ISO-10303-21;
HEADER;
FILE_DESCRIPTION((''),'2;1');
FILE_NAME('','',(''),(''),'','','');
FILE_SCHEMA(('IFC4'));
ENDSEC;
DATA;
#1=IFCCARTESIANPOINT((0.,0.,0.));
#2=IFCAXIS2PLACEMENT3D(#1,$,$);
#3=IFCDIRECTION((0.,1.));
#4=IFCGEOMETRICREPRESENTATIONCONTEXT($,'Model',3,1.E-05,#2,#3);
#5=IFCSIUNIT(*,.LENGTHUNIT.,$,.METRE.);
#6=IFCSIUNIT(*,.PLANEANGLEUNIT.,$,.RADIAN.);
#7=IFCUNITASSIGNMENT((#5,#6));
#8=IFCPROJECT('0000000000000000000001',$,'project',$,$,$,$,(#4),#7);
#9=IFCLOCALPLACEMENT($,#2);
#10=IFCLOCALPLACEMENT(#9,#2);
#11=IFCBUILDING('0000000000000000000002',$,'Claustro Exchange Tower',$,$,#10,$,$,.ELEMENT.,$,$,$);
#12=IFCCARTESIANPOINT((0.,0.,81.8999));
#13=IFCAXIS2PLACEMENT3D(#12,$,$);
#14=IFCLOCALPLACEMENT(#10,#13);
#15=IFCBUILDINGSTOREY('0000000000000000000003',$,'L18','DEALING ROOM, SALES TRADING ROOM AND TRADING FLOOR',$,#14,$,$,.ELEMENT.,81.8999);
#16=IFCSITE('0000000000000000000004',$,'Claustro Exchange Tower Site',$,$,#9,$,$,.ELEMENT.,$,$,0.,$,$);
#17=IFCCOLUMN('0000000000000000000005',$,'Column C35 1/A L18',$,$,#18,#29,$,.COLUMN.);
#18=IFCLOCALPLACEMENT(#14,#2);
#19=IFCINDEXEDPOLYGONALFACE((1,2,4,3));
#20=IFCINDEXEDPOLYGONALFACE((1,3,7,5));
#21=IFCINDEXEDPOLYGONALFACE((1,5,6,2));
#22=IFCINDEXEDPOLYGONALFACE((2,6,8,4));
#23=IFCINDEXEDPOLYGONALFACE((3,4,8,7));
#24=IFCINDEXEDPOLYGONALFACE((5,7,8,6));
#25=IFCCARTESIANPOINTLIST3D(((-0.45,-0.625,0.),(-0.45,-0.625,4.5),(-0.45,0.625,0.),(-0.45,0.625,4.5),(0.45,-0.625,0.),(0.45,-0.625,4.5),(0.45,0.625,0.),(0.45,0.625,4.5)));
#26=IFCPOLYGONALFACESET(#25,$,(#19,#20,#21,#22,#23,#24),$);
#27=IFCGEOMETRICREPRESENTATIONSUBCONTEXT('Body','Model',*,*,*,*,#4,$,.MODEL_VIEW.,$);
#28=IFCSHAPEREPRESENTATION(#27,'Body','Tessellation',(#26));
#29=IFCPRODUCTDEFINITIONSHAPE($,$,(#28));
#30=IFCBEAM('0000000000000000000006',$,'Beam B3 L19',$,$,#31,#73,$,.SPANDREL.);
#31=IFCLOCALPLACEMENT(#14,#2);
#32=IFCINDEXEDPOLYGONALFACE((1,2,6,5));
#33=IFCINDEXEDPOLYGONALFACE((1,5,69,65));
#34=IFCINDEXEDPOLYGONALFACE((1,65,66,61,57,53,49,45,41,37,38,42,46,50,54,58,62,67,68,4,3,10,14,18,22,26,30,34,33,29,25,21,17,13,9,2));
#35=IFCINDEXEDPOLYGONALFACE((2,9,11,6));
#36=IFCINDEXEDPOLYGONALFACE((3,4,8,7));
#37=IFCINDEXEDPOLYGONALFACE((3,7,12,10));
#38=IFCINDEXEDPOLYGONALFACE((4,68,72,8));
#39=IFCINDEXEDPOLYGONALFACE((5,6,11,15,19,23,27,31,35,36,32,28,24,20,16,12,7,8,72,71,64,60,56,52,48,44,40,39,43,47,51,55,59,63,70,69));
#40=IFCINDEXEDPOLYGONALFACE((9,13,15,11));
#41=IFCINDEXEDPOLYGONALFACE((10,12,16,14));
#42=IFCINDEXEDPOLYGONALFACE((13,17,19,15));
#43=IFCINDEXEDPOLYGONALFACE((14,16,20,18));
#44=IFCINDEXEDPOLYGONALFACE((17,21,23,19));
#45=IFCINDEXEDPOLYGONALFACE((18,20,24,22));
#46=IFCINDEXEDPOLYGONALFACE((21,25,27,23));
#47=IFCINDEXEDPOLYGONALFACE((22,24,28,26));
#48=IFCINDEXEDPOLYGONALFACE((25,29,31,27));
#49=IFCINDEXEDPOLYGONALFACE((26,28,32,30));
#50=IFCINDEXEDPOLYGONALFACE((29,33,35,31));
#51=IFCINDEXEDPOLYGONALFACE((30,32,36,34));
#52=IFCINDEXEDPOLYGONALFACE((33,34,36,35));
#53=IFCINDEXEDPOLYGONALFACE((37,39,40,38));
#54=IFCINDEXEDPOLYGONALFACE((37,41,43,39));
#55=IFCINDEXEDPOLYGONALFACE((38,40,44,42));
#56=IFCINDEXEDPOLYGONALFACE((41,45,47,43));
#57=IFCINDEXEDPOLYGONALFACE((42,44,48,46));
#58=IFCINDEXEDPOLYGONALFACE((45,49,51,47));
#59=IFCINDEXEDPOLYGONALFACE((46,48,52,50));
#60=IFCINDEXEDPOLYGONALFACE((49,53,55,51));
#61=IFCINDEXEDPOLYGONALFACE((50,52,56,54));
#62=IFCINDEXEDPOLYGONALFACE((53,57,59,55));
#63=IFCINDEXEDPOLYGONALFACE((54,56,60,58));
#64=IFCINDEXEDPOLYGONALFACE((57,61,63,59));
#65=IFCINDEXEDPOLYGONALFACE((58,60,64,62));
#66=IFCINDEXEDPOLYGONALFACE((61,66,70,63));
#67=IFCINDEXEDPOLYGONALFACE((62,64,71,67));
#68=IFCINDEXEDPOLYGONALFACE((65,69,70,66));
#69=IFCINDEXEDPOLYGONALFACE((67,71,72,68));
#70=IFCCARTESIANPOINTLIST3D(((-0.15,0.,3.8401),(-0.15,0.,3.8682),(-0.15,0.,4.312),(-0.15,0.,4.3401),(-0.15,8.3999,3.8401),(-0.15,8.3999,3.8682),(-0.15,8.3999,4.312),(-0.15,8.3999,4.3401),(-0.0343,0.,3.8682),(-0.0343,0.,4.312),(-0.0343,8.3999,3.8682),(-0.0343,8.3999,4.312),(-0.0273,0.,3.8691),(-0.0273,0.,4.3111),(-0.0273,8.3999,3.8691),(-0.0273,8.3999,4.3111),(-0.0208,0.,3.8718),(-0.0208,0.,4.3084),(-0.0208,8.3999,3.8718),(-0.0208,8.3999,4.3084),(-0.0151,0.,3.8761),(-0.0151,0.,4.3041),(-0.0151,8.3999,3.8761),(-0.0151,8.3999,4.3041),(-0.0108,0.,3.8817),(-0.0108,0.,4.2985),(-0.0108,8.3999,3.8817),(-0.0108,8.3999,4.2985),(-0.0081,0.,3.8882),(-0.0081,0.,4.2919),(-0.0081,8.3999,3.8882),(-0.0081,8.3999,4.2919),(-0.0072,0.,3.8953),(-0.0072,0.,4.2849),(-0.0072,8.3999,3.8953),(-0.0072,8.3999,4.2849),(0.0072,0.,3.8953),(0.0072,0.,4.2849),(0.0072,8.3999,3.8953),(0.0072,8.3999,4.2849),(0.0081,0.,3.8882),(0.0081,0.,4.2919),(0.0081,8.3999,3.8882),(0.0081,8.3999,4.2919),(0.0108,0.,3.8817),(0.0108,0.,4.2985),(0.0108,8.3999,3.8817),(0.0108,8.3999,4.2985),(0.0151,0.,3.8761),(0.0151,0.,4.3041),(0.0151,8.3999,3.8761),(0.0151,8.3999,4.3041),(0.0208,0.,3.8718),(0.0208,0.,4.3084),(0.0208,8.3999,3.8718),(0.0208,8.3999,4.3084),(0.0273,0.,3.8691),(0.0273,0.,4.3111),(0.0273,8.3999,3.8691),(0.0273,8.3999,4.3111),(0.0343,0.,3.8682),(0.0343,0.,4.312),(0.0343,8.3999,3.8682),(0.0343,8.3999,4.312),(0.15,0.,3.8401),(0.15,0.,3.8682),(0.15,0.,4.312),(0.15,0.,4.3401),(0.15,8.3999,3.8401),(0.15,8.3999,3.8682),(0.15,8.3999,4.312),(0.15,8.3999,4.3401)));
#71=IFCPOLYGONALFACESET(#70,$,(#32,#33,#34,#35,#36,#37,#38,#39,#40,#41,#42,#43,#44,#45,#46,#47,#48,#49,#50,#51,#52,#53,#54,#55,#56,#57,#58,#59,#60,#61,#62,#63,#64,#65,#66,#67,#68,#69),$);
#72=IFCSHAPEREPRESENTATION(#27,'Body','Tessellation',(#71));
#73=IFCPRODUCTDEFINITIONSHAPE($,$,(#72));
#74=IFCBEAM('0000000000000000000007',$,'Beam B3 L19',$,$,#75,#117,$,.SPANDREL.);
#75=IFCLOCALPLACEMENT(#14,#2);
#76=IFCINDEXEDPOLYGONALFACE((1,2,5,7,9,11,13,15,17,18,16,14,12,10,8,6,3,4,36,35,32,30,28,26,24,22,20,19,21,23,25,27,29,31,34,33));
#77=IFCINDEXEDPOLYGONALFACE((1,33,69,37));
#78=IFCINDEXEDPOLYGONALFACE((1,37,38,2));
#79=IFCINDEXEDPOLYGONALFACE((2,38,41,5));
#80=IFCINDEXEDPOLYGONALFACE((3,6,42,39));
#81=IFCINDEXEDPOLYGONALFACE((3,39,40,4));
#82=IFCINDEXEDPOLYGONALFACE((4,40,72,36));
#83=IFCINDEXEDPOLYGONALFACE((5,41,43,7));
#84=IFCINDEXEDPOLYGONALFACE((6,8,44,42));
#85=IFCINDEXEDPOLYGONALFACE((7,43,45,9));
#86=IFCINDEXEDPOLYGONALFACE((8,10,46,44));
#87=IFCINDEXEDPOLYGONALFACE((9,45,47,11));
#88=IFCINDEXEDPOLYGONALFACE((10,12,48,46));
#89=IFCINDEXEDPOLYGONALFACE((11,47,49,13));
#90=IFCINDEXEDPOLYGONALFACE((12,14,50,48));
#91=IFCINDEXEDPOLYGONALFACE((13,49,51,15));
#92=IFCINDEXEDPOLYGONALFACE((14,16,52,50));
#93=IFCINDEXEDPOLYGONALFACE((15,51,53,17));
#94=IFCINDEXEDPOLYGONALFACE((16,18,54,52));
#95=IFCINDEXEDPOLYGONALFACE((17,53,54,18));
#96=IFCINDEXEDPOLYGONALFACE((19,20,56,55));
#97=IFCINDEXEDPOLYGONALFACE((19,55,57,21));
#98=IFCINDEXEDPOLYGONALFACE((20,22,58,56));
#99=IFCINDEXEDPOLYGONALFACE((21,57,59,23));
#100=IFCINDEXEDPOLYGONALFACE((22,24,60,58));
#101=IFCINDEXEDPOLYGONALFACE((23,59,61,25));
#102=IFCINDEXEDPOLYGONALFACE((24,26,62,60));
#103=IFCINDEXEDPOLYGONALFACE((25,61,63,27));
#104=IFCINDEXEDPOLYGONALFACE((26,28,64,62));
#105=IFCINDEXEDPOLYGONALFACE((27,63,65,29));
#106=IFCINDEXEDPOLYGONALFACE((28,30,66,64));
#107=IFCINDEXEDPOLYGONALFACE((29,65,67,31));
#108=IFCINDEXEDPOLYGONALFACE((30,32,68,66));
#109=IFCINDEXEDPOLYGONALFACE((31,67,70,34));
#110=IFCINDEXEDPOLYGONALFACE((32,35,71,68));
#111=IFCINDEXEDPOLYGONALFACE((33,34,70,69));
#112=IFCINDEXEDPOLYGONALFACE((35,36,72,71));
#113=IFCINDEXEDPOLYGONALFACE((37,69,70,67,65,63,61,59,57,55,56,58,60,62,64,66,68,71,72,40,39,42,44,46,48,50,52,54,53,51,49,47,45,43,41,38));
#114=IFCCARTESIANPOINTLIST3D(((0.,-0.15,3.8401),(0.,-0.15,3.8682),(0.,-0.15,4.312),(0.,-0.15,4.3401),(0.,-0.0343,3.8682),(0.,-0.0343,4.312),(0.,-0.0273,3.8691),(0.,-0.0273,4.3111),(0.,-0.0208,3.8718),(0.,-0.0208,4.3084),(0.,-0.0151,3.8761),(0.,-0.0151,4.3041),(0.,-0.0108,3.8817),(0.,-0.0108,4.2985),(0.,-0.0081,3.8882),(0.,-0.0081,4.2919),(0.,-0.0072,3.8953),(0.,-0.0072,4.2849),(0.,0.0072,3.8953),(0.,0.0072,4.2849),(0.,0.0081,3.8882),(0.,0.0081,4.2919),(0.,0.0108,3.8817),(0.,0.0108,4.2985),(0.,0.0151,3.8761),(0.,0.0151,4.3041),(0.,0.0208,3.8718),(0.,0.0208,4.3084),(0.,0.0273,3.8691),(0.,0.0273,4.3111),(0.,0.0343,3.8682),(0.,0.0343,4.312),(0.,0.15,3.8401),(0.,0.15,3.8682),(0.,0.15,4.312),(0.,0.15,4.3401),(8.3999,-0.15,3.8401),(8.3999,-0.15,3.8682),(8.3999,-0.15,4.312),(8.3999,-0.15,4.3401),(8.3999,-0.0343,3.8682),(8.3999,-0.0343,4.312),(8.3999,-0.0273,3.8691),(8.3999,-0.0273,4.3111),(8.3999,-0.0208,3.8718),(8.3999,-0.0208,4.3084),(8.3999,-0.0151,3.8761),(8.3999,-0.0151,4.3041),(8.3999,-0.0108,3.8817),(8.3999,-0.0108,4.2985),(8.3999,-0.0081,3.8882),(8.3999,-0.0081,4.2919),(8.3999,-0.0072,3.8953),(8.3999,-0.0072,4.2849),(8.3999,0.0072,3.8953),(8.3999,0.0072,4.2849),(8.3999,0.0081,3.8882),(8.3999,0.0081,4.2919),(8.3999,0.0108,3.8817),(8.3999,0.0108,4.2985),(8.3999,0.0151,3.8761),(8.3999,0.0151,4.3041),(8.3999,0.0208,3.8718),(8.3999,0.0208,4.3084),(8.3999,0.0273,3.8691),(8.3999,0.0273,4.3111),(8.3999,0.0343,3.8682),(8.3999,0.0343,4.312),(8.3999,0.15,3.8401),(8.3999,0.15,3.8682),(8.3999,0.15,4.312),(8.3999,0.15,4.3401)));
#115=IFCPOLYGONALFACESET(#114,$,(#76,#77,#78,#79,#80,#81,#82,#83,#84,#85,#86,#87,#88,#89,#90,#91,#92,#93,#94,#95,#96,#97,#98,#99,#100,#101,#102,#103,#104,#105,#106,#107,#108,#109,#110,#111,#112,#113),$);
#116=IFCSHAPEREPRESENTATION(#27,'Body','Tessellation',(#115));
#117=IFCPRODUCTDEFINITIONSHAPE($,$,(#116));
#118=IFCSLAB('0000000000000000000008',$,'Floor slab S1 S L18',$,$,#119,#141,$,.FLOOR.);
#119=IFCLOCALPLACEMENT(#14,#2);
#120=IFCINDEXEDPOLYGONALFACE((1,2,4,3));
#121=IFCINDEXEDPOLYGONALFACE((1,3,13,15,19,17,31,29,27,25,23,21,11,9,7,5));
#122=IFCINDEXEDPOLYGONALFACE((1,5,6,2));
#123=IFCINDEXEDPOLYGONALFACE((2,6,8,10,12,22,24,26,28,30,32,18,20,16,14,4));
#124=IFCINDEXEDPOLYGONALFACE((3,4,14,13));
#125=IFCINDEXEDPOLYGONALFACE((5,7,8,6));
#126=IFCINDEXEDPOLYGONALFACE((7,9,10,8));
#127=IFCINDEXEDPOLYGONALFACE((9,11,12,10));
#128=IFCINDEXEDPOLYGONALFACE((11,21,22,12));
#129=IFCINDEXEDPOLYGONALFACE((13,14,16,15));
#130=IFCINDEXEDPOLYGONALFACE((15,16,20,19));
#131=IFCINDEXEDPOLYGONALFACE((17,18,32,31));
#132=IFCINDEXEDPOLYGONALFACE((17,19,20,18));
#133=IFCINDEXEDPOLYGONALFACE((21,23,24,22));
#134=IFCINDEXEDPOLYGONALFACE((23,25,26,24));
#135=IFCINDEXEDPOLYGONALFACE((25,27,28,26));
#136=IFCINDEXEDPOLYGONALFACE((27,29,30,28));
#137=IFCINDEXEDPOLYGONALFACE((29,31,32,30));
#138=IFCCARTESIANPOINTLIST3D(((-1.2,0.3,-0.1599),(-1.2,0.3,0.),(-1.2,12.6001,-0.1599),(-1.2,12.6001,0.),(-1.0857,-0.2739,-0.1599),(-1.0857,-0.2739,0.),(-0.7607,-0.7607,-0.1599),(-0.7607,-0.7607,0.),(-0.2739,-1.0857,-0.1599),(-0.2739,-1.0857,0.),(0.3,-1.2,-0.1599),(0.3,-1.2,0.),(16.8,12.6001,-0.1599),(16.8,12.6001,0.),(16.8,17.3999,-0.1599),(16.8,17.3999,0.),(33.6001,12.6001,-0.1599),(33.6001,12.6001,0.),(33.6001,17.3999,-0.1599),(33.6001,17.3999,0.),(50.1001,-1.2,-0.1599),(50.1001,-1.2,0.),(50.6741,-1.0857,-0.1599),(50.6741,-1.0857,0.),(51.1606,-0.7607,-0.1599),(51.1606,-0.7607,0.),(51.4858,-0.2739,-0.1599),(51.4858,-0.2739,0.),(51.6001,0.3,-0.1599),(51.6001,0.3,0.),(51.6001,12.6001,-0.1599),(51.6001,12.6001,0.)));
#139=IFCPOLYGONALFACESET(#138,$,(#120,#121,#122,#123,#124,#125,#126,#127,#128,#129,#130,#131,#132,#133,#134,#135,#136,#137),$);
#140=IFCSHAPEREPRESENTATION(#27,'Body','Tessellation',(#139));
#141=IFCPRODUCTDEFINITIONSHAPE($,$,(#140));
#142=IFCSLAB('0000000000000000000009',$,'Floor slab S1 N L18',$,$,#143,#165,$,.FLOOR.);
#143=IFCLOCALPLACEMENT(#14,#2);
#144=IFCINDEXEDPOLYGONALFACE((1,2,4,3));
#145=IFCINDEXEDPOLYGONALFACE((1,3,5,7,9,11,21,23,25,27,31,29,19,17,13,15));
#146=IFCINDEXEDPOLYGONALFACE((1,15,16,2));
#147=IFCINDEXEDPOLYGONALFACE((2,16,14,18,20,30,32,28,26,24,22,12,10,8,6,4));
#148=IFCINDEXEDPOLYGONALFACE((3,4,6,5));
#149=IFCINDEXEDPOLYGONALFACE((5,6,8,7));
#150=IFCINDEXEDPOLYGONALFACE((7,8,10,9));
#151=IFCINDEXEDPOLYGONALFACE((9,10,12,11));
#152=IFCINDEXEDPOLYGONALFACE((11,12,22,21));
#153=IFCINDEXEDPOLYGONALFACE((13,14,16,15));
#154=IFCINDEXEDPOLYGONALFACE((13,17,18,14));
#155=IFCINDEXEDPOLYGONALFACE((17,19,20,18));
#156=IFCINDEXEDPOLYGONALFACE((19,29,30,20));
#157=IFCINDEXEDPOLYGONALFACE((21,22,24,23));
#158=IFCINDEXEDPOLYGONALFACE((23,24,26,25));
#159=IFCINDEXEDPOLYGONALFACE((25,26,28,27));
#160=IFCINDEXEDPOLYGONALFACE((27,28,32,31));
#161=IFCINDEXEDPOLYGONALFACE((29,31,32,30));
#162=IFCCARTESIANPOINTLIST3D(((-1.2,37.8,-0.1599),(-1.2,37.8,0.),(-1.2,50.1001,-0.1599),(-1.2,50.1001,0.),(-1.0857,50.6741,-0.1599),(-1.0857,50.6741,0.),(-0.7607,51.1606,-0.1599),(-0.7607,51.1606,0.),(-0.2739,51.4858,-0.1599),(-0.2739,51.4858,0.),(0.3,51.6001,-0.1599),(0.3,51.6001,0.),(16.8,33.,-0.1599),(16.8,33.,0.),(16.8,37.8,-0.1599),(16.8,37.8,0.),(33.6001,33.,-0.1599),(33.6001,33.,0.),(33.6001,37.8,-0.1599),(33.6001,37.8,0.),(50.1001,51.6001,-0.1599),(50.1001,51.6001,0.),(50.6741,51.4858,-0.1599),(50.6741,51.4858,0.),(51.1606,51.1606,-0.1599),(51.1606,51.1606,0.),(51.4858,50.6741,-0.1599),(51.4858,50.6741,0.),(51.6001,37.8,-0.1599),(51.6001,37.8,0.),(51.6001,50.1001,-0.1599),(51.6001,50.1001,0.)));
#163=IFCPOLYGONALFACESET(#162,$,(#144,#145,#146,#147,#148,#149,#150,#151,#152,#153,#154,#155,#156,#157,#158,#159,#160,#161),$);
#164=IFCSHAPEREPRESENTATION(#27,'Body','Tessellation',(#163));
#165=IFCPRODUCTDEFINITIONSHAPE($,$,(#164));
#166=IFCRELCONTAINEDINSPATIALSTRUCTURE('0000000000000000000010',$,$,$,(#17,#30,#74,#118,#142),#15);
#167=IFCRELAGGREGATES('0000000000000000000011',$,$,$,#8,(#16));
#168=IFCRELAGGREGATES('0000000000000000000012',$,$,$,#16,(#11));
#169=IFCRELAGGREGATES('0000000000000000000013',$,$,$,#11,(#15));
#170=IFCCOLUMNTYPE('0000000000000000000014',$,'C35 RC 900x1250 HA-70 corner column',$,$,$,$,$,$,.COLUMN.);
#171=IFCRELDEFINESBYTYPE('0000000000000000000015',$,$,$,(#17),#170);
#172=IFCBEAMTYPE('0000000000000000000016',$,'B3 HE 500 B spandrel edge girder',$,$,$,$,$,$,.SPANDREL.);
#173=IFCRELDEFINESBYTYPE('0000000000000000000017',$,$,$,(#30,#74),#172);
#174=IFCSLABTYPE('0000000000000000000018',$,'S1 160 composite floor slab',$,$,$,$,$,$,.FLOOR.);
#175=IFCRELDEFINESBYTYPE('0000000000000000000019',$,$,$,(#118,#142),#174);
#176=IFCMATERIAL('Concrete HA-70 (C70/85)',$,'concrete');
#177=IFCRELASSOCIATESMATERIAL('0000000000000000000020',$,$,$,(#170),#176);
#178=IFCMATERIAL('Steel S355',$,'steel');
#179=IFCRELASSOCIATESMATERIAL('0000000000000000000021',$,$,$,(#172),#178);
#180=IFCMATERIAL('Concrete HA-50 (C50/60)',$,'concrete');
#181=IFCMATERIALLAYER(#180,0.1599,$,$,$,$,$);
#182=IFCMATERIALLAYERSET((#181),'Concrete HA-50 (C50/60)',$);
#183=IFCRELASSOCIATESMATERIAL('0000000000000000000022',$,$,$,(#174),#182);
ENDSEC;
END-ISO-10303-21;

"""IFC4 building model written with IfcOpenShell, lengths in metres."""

from ifc_helpers import new_model, si_unit, direction, frame, origin, origin_with_axes, origin_2d, place, context, subcontext, project, spatial, polyline, rectangle, i_section, outline, extrude, material, layer, layer_set, material_profile, profile_set, type_object, element, save


model = new_model("IFC4")

# Units and contexts
model_context = context("Model", 3, precision=1e-05, world=origin(), true_north=direction((0.0, 1.0)))
body_context = subcontext(model_context, "Body", "Model", "MODEL_VIEW")
ifc_project = project(units=[si_unit("LENGTHUNIT", "METRE"), si_unit("PLANEANGLEUNIT", "RADIAN")], contexts=[model_context])

# Site, building, storey
site_placement = place(None, origin())
site = spatial("IfcSite", under=ifc_project, at=site_placement, Name="Claustro Exchange Tower Site", CompositionType="ELEMENT", RefElevation=0.0)
building_placement = place(site_placement, origin())
building = spatial("IfcBuilding", under=site, at=building_placement, Name="Claustro Exchange Tower", CompositionType="ELEMENT")
storey_placement = place(building_placement, frame((0.0, 0.0, 81.8999)))
storey = spatial("IfcBuildingStorey", under=building, at=storey_placement, Name="L18", Description="DEALING ROOM, SALES TRADING ROOM AND TRADING FLOOR", CompositionType="ELEMENT", Elevation=81.8999)

# Column
ifc_material_1 = material(Name="Concrete HA-70 (C70/85)", Category="concrete")
ifc_material_profile_1 = material_profile(ifc_material_1, rectangle(XDim=0.8999, YDim=1.25, at=origin_2d()), Name="RC 900x1250")
ifc_profile_set_1 = profile_set([ifc_material_profile_1], Name="Concrete HA-70 (C70/85)")
column_type = type_object("IfcColumnType", Name="C35 RC 900x1250 HA-70 corner column", PredefinedType="COLUMN", material=ifc_profile_set_1)
column_placement = place(storey_placement, origin_with_axes())
element("IfcColumn", 1, at=column_placement, inside=storey, type_object=column_type, Name="Column C35 1/A L18", PredefinedType="COLUMN", context=body_context, shape_type="SweptSolid", body=[
    extrude(rectangle(XDim=0.8999, YDim=1.25, at=origin_2d()), origin(), (0.0, 0.0, 1.0), 4.5),
])

# Beams
ifc_material_2 = material(Name="Steel S355", Category="steel")
ifc_material_profile_2 = material_profile(ifc_material_2, i_section(OverallWidth=0.3, OverallDepth=0.5, WebThickness=0.0144, FlangeThickness=0.0281, FilletRadius=0.0271, at=origin_2d()), Name="HE 500 B")
ifc_profile_set_2 = profile_set([ifc_material_profile_2], Name="Steel S355")
beam_type = type_object("IfcBeamType", Name="B3 HE 500 B spandrel edge girder", PredefinedType="SPANDREL", material=ifc_profile_set_2)
for number, where, z_axis, x_axis, name in (
    (2, (0.0, 0.0, 4.0901), (0.0, 1.0, 0.0), (-1.0, 0.0, 0.0), "Beam B3 L19"),
    (3, (0.0, 0.0, 4.0901), (1.0, 0.0, 0.0), (0.0, 1.0, 0.0), "Beam B3 L19"),
):
    element("IfcBeam", number, at=place(storey_placement, frame(where, z_axis=z_axis, x_axis=x_axis)), inside=storey, type_object=beam_type, Name=name, PredefinedType="SPANDREL", context=body_context, shape_type="SweptSolid", body=[
        extrude(i_section(OverallWidth=0.3, OverallDepth=0.5, WebThickness=0.0144, FlangeThickness=0.0281, FilletRadius=0.0271, at=origin_2d()), origin(), (0.0, 0.0, 1.0), 8.3999),
    ])

# Slabs
ifc_material_3 = material(Name="Concrete HA-50 (C50/60)", Category="concrete")
ifc_layer_1 = layer(ifc_material_3, 0.1599)
ifc_layer_set_1 = layer_set([ifc_layer_1], Name="Concrete HA-50 (C50/60)")
slab_type_1 = type_object("IfcSlabType", Name="S1 160 composite floor slab", PredefinedType="FLOOR", material=ifc_layer_set_1)
slab_1_placement = place(storey_placement, frame((0.0, 0.0, -0.1599)))
element("IfcSlab", 4, at=slab_1_placement, inside=storey, type_object=slab_type_1, Name="Floor slab S1 S L18", PredefinedType="FLOOR", context=body_context, shape_type="SweptSolid", body=[
    extrude(outline(polyline([(-0.2739, -1.0857), (0.3, -1.2), (50.1001, -1.2), (50.6741, -1.0857), (51.1606, -0.7607), (51.4858, -0.2739), (51.6001, 0.3), (51.6001, 12.6001), (33.6001, 12.6001), (33.6001, 17.3999), (16.8, 17.3999), (16.8, 12.6001), (-1.2, 12.6001), (-1.2, 0.3), (-1.0857, -0.2739), (-0.7607, -0.7607), (-0.2739, -1.0857)])), origin(), (0.0, 0.0, 1.0), 0.1599),
])
slab_2_placement = place(storey_placement, frame((0.0, 0.0, -0.1599)))
element("IfcSlab", 5, at=slab_2_placement, inside=storey, type_object=slab_type_1, Name="Floor slab S1 N L18", PredefinedType="FLOOR", context=body_context, shape_type="SweptSolid", body=[
    extrude(outline(polyline([(16.8, 37.8), (16.8, 33.0), (33.6001, 33.0), (33.6001, 37.8), (51.6001, 37.8), (51.6001, 50.1001), (51.4858, 50.6741), (51.1606, 51.1606), (50.6741, 51.4858), (50.1001, 51.6001), (0.3, 51.6001), (-0.2739, 51.4858), (-0.7607, 51.1606), (-1.0857, 50.6741), (-1.2, 50.1001), (-1.2, 37.8), (16.8, 37.8)])), origin(), (0.0, 0.0, 1.0), 0.1599),
])

save(model, "model.ifc")
